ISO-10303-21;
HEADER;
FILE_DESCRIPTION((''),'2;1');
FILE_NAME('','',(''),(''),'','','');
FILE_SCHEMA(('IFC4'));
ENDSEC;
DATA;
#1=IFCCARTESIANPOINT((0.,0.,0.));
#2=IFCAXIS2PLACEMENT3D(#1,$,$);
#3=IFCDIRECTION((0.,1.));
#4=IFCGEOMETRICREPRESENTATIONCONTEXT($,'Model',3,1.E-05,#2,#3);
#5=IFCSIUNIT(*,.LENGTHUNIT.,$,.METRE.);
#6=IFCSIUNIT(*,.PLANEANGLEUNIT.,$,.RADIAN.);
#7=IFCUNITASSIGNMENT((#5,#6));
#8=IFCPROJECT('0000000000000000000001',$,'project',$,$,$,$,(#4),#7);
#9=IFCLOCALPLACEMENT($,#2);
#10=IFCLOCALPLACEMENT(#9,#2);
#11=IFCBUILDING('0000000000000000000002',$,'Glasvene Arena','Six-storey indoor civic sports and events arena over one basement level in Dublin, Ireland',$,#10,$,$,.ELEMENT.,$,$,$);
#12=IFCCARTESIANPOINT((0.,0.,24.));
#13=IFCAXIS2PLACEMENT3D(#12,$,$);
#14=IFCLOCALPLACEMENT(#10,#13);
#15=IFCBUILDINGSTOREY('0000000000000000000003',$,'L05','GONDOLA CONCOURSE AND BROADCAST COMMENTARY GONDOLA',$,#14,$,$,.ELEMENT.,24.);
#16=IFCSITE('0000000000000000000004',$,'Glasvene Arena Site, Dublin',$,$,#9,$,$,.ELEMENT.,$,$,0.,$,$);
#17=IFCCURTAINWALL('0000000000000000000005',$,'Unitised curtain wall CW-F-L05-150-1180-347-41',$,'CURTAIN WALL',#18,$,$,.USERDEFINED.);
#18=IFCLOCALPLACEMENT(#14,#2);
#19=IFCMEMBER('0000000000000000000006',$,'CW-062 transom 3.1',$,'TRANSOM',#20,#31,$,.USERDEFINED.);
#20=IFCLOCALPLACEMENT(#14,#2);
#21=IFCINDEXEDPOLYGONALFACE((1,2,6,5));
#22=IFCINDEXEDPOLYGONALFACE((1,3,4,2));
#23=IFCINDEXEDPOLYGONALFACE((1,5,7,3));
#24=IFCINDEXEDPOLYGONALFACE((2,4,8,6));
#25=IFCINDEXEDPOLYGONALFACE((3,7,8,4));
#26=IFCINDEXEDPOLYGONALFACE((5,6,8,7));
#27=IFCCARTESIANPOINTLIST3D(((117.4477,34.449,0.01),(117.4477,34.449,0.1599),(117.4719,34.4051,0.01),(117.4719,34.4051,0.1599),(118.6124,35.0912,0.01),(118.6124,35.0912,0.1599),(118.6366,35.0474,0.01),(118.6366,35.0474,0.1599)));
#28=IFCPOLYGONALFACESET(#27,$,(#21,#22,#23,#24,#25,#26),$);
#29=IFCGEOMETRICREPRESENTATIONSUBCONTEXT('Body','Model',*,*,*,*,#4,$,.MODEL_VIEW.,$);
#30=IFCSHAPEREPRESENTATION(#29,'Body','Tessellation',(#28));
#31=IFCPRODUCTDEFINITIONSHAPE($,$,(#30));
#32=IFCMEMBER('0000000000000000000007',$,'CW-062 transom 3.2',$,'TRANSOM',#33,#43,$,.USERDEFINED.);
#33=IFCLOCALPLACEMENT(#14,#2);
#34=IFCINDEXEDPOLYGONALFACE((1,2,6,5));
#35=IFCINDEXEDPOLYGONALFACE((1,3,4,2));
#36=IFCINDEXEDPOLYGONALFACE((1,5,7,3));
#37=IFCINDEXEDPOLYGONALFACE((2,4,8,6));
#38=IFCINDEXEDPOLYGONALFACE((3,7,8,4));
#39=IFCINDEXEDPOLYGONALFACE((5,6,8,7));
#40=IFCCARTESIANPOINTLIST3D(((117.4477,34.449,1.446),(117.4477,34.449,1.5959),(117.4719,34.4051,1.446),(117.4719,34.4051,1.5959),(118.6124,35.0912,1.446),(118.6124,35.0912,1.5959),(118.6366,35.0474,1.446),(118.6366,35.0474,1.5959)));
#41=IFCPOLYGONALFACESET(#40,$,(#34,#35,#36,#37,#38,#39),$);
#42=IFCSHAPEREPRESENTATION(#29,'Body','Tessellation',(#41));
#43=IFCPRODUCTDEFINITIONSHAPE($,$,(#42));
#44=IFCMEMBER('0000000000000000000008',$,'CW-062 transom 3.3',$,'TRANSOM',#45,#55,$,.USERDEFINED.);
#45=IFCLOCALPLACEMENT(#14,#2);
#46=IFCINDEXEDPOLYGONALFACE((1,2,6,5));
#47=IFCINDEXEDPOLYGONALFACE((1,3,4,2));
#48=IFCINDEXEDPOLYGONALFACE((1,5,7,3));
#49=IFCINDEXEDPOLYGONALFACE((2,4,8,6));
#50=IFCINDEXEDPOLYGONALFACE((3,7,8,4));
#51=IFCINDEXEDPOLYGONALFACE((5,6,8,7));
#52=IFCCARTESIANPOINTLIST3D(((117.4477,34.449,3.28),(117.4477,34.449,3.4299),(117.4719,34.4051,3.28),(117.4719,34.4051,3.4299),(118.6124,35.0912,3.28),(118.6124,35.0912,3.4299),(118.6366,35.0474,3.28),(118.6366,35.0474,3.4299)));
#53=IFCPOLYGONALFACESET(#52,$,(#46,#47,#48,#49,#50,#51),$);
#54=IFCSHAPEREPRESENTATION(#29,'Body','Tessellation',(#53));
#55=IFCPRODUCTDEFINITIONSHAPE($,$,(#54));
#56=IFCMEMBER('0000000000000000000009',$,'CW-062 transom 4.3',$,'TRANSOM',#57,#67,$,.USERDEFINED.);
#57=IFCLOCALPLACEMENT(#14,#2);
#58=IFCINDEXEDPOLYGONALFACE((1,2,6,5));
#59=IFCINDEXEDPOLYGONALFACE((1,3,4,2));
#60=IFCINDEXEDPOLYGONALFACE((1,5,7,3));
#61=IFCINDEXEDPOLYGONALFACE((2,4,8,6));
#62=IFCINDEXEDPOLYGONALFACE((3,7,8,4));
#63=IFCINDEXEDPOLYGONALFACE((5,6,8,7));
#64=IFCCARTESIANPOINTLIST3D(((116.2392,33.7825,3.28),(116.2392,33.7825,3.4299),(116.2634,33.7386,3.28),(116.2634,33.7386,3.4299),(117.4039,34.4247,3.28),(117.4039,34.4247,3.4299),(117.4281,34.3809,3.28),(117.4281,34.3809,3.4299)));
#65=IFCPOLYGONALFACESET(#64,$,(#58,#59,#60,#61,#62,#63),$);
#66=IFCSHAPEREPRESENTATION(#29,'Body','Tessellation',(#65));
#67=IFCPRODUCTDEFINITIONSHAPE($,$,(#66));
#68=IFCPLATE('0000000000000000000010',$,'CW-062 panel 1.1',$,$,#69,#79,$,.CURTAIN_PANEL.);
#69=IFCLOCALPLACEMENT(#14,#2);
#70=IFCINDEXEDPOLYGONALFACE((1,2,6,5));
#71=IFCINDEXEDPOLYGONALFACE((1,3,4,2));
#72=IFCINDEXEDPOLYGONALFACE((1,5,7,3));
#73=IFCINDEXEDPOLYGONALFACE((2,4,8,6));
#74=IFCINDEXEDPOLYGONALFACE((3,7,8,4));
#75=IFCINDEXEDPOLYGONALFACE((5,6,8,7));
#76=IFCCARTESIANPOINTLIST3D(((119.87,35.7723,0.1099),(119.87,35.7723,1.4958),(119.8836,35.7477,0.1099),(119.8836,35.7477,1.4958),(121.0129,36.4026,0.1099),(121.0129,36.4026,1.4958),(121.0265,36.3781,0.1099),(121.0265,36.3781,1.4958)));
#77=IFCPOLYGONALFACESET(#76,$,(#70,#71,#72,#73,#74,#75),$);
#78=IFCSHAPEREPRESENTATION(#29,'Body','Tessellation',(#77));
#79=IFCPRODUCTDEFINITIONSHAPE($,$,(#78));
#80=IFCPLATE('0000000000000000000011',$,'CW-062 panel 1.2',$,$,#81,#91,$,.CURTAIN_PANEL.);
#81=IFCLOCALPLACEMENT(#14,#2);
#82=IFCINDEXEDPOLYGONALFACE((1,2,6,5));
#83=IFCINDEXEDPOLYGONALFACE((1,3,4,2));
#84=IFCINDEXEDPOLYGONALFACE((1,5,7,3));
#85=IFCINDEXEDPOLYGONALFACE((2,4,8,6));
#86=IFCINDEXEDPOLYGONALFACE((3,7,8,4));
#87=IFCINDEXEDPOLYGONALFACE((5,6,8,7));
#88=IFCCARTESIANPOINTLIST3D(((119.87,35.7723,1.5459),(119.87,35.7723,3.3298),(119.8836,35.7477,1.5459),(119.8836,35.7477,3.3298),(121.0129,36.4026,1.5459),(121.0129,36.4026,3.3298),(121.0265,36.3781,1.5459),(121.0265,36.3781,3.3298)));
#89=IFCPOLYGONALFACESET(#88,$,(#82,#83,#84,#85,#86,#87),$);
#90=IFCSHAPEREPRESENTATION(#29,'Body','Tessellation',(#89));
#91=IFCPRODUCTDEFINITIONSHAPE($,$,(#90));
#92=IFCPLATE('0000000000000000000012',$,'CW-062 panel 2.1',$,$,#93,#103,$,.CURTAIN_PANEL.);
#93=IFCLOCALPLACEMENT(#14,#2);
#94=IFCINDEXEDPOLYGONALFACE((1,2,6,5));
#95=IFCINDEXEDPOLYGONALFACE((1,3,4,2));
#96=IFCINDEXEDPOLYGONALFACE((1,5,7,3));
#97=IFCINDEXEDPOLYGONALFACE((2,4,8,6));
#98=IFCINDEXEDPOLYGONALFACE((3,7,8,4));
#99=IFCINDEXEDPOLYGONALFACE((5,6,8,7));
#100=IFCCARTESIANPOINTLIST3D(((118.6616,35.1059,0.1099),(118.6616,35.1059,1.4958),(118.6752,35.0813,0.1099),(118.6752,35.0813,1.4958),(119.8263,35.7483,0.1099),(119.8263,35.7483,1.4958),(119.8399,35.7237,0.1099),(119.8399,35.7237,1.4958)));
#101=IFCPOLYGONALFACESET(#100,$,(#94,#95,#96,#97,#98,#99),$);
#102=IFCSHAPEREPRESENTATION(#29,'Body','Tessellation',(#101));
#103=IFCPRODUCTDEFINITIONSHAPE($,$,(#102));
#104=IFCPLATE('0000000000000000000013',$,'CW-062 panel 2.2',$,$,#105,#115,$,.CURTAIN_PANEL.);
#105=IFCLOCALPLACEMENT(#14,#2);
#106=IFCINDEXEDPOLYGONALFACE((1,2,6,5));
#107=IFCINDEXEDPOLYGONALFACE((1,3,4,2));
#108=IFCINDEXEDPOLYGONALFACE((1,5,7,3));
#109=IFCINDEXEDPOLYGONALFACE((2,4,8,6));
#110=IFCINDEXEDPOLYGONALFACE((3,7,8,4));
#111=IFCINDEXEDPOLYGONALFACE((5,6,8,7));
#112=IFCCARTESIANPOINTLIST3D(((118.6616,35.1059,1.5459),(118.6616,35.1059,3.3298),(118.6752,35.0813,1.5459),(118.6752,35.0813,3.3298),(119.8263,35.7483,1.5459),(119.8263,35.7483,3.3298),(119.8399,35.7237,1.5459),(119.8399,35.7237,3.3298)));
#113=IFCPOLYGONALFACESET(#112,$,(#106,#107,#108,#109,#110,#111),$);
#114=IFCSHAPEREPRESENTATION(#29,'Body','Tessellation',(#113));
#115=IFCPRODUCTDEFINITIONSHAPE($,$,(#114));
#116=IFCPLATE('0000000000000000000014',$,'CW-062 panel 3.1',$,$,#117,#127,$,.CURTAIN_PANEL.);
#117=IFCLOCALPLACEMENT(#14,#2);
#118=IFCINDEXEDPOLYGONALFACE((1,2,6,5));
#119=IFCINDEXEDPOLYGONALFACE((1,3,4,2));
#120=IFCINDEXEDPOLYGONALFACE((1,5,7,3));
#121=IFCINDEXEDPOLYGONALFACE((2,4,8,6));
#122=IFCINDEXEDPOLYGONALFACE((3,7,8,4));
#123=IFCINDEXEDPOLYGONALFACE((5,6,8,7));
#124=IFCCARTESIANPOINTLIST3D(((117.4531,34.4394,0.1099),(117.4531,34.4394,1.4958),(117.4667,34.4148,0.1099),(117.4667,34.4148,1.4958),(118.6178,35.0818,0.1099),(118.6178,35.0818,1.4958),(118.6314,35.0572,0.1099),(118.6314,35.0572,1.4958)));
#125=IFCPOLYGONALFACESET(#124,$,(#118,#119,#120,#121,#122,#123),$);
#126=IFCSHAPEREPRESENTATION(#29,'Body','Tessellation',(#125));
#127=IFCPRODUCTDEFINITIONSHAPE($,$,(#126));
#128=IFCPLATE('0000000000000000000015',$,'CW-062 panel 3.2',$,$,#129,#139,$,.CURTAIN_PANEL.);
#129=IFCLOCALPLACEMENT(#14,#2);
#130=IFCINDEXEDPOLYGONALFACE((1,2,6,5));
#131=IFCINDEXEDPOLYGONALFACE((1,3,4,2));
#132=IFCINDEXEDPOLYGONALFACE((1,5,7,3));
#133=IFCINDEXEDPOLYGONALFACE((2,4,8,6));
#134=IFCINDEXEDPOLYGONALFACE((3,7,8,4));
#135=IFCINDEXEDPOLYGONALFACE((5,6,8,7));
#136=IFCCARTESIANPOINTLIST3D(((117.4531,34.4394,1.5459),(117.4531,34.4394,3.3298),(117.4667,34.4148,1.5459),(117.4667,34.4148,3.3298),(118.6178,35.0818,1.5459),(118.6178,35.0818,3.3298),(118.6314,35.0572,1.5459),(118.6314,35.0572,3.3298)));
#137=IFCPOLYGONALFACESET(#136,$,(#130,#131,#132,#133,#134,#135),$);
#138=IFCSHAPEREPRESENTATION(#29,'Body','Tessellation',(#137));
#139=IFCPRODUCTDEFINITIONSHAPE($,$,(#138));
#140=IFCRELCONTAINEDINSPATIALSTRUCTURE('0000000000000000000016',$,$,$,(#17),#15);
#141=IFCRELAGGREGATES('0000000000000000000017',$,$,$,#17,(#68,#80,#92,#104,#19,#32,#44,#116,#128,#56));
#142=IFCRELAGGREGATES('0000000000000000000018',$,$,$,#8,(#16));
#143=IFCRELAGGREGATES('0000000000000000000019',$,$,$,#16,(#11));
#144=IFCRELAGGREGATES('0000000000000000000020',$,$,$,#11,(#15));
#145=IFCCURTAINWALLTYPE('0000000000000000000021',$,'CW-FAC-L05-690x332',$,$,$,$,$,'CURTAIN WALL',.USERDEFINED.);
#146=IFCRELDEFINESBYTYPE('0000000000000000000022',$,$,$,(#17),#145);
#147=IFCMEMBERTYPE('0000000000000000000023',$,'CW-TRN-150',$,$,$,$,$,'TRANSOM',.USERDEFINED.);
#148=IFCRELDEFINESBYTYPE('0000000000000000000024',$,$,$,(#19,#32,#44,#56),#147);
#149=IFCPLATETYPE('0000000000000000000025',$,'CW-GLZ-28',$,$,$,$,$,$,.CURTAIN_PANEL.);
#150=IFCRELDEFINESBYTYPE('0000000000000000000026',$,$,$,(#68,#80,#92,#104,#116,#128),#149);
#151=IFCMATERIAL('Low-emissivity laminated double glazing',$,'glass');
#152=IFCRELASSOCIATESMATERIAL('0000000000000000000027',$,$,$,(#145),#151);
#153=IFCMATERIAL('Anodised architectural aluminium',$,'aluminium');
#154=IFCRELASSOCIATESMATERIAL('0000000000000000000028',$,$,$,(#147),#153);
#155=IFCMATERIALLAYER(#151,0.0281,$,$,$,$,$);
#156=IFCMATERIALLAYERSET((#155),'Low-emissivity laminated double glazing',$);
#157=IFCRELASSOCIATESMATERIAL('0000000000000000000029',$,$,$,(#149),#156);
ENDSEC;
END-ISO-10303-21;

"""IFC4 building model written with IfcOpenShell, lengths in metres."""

from ifc_helpers import new_model, si_unit, direction, frame, origin, origin_2d, place, context, subcontext, project, spatial, rectangle, extrude, material, layer, layer_set, material_profile, profile_set, type_object, element, aggregate, save


model = new_model("IFC4")

# Units and contexts
model_context = context("Model", 3, precision=1e-05, world=origin(), true_north=direction((0.0, 1.0)))
body_context = subcontext(model_context, "Body", "Model", "MODEL_VIEW")
ifc_project = project(units=[si_unit("LENGTHUNIT", "METRE"), si_unit("PLANEANGLEUNIT", "RADIAN")], contexts=[model_context])

# Site, building, storey
site_placement = place(None, origin())
site = spatial("IfcSite", under=ifc_project, at=site_placement, Name="Glasvene Arena Site, Dublin", CompositionType="ELEMENT", RefElevation=0.0)
building_placement = place(site_placement, origin())
building = spatial("IfcBuilding", under=site, at=building_placement, Name="Glasvene Arena", Description="Six-storey indoor civic sports and events arena over one basement level in Dublin, Ireland", CompositionType="ELEMENT")
storey_placement = place(building_placement, frame((0.0, 0.0, 24.0)))
storey = spatial("IfcBuildingStorey", under=building, at=storey_placement, Name="L05", Description="GONDOLA CONCOURSE AND BROADCAST COMMENTARY GONDOLA", CompositionType="ELEMENT", Elevation=24.0)

# Curtain wall, members, plates
ifc_material_1 = material(Name="Low-emissivity laminated double glazing", Category="glass")
curtain_wall_type = type_object("IfcCurtainWallType", Name="CW-FAC-L05-690x332", ElementType="CURTAIN WALL", PredefinedType="USERDEFINED", material=ifc_material_1)
curtain_wall_placement = place(storey_placement, frame((121.0635, 36.4146, 0.0)))
curtain_wall = element("IfcCurtainWall", 1, at=curtain_wall_placement, inside=storey, type_object=curtain_wall_type, Name="Unitised curtain wall CW-F-L05-150-1180-347-41", ObjectType="CURTAIN WALL", PredefinedType="USERDEFINED")
ifc_material_2 = material(Name="Anodised architectural aluminium", Category="aluminium")
ifc_material_profile_1 = material_profile(ifc_material_2, rectangle(XDim=0.05, YDim=0.1499, at=origin_2d()), Name="ALU TRANSOM 50x150")
ifc_profile_set_1 = profile_set([ifc_material_profile_1], Name="Anodised architectural aluminium")
member_type_1 = type_object("IfcMemberType", Name="CW-TRN-150", ElementType="TRANSOM", PredefinedType="USERDEFINED", material=ifc_profile_set_1)
member_1_placement = place(storey_placement, frame((118.6245, 35.0693, 0.085), z_axis=(-0.875677, -0.482898, 0.0), x_axis=(0.482898, -0.875677, 0.0)))
member_1 = element("IfcMember", 2, at=member_1_placement, type_object=member_type_1, Name="CW-062 transom 3.1", ObjectType="TRANSOM", PredefinedType="USERDEFINED", context=body_context, shape_type="SweptSolid", body=[
    extrude(rectangle(XDim=0.05, YDim=0.1499, at=origin_2d()), origin(), (0.0, 0.0, 1.0), 1.3301),
])
member_2_placement = place(storey_placement, frame((118.6245, 35.0693, 1.521), z_axis=(-0.875677, -0.482898, 0.0), x_axis=(0.482898, -0.875677, 0.0)))
member_2 = element("IfcMember", 3, at=member_2_placement, type_object=member_type_1, Name="CW-062 transom 3.2", ObjectType="TRANSOM", PredefinedType="USERDEFINED", context=body_context, shape_type="SweptSolid", body=[
    extrude(rectangle(XDim=0.05, YDim=0.1499, at=origin_2d()), origin(), (0.0, 0.0, 1.0), 1.3301),
])
member_3_placement = place(storey_placement, frame((118.6245, 35.0693, 3.355), z_axis=(-0.875677, -0.482898, 0.0), x_axis=(0.482898, -0.875677, 0.0)))
member_3 = element("IfcMember", 4, at=member_3_placement, type_object=member_type_1, Name="CW-062 transom 3.3", ObjectType="TRANSOM", PredefinedType="USERDEFINED", context=body_context, shape_type="SweptSolid", body=[
    extrude(rectangle(XDim=0.05, YDim=0.1499, at=origin_2d()), origin(), (0.0, 0.0, 1.0), 1.3301),
])
member_4_placement = place(storey_placement, frame((117.416, 34.4028, 3.355), z_axis=(-0.875677, -0.482898, 0.0), x_axis=(0.482898, -0.875677, 0.0)))
member_4 = element("IfcMember", 5, at=member_4_placement, type_object=member_type_1, Name="CW-062 transom 4.3", ObjectType="TRANSOM", PredefinedType="USERDEFINED", context=body_context, shape_type="SweptSolid", body=[
    extrude(rectangle(XDim=0.05, YDim=0.1499, at=origin_2d()), origin(), (0.0, 0.0, 1.0), 1.3301),
])
ifc_layer = layer(ifc_material_1, 0.0281)
ifc_layer_set = layer_set([ifc_layer], Name="Low-emissivity laminated double glazing")
plate_type = type_object("IfcPlateType", Name="CW-GLZ-28", PredefinedType="CURTAIN_PANEL", material=ifc_layer_set)
plate_1_placement = place(storey_placement, frame((120.4482, 36.0752, 0.1099), z_axis=(0.0, 0.0, 1.0), x_axis=(-0.875654, -0.482939, 0.0)))
plate_1 = element("IfcPlate", 6, at=plate_1_placement, type_object=plate_type, Name="CW-062 panel 1.1", PredefinedType="CURTAIN_PANEL", context=body_context, shape_type="SweptSolid", body=[
    extrude(rectangle(XDim=1.3052, YDim=0.0281, at=origin_2d()), origin(), (0.0, 0.0, 1.0), 1.386),
])
plate_2_placement = place(storey_placement, frame((120.4482, 36.0752, 1.5459), z_axis=(0.0, 0.0, 1.0), x_axis=(-0.875654, -0.482939, 0.0)))
plate_2 = element("IfcPlate", 7, at=plate_2_placement, type_object=plate_type, Name="CW-062 panel 1.2", PredefinedType="CURTAIN_PANEL", context=body_context, shape_type="SweptSolid", body=[
    extrude(rectangle(XDim=1.3052, YDim=0.0281, at=origin_2d()), origin(), (0.0, 0.0, 1.0), 1.7839),
])
plate_3_placement = place(storey_placement, frame((119.2507, 35.4148, 0.1099), z_axis=(0.0, 0.0, 1.0), x_axis=(-0.875654, -0.482939, 0.0)))
plate_3 = element("IfcPlate", 8, at=plate_3_placement, type_object=plate_type, Name="CW-062 panel 2.1", PredefinedType="CURTAIN_PANEL", context=body_context, shape_type="SweptSolid", body=[
    extrude(rectangle(XDim=1.3301, YDim=0.0281, at=origin_2d()), origin(), (0.0, 0.0, 1.0), 1.386),
])
plate_4_placement = place(storey_placement, frame((119.2507, 35.4148, 1.5459), z_axis=(0.0, 0.0, 1.0), x_axis=(-0.875654, -0.482939, 0.0)))
plate_4 = element("IfcPlate", 9, at=plate_4_placement, type_object=plate_type, Name="CW-062 panel 2.2", PredefinedType="CURTAIN_PANEL", context=body_context, shape_type="SweptSolid", body=[
    extrude(rectangle(XDim=1.3301, YDim=0.0281, at=origin_2d()), origin(), (0.0, 0.0, 1.0), 1.7839),
])
plate_5_placement = place(storey_placement, frame((118.0422, 34.7483, 0.1099), z_axis=(0.0, 0.0, 1.0), x_axis=(-0.875654, -0.482939, 0.0)))
plate_5 = element("IfcPlate", 10, at=plate_5_placement, type_object=plate_type, Name="CW-062 panel 3.1", PredefinedType="CURTAIN_PANEL", context=body_context, shape_type="SweptSolid", body=[
    extrude(rectangle(XDim=1.3301, YDim=0.0281, at=origin_2d()), origin(), (0.0, 0.0, 1.0), 1.386),
])
plate_6_placement = place(storey_placement, frame((118.0422, 34.7483, 1.5459), z_axis=(0.0, 0.0, 1.0), x_axis=(-0.875654, -0.482939, 0.0)))
plate_6 = element("IfcPlate", 11, at=plate_6_placement, type_object=plate_type, Name="CW-062 panel 3.2", PredefinedType="CURTAIN_PANEL", context=body_context, shape_type="SweptSolid", body=[
    extrude(rectangle(XDim=1.3301, YDim=0.0281, at=origin_2d()), origin(), (0.0, 0.0, 1.0), 1.7839),
])
aggregate(curtain_wall, [plate_1, plate_2, plate_3, plate_4, member_1, member_2, member_3, plate_5, plate_6, member_4])

save(model, "model.ifc")
